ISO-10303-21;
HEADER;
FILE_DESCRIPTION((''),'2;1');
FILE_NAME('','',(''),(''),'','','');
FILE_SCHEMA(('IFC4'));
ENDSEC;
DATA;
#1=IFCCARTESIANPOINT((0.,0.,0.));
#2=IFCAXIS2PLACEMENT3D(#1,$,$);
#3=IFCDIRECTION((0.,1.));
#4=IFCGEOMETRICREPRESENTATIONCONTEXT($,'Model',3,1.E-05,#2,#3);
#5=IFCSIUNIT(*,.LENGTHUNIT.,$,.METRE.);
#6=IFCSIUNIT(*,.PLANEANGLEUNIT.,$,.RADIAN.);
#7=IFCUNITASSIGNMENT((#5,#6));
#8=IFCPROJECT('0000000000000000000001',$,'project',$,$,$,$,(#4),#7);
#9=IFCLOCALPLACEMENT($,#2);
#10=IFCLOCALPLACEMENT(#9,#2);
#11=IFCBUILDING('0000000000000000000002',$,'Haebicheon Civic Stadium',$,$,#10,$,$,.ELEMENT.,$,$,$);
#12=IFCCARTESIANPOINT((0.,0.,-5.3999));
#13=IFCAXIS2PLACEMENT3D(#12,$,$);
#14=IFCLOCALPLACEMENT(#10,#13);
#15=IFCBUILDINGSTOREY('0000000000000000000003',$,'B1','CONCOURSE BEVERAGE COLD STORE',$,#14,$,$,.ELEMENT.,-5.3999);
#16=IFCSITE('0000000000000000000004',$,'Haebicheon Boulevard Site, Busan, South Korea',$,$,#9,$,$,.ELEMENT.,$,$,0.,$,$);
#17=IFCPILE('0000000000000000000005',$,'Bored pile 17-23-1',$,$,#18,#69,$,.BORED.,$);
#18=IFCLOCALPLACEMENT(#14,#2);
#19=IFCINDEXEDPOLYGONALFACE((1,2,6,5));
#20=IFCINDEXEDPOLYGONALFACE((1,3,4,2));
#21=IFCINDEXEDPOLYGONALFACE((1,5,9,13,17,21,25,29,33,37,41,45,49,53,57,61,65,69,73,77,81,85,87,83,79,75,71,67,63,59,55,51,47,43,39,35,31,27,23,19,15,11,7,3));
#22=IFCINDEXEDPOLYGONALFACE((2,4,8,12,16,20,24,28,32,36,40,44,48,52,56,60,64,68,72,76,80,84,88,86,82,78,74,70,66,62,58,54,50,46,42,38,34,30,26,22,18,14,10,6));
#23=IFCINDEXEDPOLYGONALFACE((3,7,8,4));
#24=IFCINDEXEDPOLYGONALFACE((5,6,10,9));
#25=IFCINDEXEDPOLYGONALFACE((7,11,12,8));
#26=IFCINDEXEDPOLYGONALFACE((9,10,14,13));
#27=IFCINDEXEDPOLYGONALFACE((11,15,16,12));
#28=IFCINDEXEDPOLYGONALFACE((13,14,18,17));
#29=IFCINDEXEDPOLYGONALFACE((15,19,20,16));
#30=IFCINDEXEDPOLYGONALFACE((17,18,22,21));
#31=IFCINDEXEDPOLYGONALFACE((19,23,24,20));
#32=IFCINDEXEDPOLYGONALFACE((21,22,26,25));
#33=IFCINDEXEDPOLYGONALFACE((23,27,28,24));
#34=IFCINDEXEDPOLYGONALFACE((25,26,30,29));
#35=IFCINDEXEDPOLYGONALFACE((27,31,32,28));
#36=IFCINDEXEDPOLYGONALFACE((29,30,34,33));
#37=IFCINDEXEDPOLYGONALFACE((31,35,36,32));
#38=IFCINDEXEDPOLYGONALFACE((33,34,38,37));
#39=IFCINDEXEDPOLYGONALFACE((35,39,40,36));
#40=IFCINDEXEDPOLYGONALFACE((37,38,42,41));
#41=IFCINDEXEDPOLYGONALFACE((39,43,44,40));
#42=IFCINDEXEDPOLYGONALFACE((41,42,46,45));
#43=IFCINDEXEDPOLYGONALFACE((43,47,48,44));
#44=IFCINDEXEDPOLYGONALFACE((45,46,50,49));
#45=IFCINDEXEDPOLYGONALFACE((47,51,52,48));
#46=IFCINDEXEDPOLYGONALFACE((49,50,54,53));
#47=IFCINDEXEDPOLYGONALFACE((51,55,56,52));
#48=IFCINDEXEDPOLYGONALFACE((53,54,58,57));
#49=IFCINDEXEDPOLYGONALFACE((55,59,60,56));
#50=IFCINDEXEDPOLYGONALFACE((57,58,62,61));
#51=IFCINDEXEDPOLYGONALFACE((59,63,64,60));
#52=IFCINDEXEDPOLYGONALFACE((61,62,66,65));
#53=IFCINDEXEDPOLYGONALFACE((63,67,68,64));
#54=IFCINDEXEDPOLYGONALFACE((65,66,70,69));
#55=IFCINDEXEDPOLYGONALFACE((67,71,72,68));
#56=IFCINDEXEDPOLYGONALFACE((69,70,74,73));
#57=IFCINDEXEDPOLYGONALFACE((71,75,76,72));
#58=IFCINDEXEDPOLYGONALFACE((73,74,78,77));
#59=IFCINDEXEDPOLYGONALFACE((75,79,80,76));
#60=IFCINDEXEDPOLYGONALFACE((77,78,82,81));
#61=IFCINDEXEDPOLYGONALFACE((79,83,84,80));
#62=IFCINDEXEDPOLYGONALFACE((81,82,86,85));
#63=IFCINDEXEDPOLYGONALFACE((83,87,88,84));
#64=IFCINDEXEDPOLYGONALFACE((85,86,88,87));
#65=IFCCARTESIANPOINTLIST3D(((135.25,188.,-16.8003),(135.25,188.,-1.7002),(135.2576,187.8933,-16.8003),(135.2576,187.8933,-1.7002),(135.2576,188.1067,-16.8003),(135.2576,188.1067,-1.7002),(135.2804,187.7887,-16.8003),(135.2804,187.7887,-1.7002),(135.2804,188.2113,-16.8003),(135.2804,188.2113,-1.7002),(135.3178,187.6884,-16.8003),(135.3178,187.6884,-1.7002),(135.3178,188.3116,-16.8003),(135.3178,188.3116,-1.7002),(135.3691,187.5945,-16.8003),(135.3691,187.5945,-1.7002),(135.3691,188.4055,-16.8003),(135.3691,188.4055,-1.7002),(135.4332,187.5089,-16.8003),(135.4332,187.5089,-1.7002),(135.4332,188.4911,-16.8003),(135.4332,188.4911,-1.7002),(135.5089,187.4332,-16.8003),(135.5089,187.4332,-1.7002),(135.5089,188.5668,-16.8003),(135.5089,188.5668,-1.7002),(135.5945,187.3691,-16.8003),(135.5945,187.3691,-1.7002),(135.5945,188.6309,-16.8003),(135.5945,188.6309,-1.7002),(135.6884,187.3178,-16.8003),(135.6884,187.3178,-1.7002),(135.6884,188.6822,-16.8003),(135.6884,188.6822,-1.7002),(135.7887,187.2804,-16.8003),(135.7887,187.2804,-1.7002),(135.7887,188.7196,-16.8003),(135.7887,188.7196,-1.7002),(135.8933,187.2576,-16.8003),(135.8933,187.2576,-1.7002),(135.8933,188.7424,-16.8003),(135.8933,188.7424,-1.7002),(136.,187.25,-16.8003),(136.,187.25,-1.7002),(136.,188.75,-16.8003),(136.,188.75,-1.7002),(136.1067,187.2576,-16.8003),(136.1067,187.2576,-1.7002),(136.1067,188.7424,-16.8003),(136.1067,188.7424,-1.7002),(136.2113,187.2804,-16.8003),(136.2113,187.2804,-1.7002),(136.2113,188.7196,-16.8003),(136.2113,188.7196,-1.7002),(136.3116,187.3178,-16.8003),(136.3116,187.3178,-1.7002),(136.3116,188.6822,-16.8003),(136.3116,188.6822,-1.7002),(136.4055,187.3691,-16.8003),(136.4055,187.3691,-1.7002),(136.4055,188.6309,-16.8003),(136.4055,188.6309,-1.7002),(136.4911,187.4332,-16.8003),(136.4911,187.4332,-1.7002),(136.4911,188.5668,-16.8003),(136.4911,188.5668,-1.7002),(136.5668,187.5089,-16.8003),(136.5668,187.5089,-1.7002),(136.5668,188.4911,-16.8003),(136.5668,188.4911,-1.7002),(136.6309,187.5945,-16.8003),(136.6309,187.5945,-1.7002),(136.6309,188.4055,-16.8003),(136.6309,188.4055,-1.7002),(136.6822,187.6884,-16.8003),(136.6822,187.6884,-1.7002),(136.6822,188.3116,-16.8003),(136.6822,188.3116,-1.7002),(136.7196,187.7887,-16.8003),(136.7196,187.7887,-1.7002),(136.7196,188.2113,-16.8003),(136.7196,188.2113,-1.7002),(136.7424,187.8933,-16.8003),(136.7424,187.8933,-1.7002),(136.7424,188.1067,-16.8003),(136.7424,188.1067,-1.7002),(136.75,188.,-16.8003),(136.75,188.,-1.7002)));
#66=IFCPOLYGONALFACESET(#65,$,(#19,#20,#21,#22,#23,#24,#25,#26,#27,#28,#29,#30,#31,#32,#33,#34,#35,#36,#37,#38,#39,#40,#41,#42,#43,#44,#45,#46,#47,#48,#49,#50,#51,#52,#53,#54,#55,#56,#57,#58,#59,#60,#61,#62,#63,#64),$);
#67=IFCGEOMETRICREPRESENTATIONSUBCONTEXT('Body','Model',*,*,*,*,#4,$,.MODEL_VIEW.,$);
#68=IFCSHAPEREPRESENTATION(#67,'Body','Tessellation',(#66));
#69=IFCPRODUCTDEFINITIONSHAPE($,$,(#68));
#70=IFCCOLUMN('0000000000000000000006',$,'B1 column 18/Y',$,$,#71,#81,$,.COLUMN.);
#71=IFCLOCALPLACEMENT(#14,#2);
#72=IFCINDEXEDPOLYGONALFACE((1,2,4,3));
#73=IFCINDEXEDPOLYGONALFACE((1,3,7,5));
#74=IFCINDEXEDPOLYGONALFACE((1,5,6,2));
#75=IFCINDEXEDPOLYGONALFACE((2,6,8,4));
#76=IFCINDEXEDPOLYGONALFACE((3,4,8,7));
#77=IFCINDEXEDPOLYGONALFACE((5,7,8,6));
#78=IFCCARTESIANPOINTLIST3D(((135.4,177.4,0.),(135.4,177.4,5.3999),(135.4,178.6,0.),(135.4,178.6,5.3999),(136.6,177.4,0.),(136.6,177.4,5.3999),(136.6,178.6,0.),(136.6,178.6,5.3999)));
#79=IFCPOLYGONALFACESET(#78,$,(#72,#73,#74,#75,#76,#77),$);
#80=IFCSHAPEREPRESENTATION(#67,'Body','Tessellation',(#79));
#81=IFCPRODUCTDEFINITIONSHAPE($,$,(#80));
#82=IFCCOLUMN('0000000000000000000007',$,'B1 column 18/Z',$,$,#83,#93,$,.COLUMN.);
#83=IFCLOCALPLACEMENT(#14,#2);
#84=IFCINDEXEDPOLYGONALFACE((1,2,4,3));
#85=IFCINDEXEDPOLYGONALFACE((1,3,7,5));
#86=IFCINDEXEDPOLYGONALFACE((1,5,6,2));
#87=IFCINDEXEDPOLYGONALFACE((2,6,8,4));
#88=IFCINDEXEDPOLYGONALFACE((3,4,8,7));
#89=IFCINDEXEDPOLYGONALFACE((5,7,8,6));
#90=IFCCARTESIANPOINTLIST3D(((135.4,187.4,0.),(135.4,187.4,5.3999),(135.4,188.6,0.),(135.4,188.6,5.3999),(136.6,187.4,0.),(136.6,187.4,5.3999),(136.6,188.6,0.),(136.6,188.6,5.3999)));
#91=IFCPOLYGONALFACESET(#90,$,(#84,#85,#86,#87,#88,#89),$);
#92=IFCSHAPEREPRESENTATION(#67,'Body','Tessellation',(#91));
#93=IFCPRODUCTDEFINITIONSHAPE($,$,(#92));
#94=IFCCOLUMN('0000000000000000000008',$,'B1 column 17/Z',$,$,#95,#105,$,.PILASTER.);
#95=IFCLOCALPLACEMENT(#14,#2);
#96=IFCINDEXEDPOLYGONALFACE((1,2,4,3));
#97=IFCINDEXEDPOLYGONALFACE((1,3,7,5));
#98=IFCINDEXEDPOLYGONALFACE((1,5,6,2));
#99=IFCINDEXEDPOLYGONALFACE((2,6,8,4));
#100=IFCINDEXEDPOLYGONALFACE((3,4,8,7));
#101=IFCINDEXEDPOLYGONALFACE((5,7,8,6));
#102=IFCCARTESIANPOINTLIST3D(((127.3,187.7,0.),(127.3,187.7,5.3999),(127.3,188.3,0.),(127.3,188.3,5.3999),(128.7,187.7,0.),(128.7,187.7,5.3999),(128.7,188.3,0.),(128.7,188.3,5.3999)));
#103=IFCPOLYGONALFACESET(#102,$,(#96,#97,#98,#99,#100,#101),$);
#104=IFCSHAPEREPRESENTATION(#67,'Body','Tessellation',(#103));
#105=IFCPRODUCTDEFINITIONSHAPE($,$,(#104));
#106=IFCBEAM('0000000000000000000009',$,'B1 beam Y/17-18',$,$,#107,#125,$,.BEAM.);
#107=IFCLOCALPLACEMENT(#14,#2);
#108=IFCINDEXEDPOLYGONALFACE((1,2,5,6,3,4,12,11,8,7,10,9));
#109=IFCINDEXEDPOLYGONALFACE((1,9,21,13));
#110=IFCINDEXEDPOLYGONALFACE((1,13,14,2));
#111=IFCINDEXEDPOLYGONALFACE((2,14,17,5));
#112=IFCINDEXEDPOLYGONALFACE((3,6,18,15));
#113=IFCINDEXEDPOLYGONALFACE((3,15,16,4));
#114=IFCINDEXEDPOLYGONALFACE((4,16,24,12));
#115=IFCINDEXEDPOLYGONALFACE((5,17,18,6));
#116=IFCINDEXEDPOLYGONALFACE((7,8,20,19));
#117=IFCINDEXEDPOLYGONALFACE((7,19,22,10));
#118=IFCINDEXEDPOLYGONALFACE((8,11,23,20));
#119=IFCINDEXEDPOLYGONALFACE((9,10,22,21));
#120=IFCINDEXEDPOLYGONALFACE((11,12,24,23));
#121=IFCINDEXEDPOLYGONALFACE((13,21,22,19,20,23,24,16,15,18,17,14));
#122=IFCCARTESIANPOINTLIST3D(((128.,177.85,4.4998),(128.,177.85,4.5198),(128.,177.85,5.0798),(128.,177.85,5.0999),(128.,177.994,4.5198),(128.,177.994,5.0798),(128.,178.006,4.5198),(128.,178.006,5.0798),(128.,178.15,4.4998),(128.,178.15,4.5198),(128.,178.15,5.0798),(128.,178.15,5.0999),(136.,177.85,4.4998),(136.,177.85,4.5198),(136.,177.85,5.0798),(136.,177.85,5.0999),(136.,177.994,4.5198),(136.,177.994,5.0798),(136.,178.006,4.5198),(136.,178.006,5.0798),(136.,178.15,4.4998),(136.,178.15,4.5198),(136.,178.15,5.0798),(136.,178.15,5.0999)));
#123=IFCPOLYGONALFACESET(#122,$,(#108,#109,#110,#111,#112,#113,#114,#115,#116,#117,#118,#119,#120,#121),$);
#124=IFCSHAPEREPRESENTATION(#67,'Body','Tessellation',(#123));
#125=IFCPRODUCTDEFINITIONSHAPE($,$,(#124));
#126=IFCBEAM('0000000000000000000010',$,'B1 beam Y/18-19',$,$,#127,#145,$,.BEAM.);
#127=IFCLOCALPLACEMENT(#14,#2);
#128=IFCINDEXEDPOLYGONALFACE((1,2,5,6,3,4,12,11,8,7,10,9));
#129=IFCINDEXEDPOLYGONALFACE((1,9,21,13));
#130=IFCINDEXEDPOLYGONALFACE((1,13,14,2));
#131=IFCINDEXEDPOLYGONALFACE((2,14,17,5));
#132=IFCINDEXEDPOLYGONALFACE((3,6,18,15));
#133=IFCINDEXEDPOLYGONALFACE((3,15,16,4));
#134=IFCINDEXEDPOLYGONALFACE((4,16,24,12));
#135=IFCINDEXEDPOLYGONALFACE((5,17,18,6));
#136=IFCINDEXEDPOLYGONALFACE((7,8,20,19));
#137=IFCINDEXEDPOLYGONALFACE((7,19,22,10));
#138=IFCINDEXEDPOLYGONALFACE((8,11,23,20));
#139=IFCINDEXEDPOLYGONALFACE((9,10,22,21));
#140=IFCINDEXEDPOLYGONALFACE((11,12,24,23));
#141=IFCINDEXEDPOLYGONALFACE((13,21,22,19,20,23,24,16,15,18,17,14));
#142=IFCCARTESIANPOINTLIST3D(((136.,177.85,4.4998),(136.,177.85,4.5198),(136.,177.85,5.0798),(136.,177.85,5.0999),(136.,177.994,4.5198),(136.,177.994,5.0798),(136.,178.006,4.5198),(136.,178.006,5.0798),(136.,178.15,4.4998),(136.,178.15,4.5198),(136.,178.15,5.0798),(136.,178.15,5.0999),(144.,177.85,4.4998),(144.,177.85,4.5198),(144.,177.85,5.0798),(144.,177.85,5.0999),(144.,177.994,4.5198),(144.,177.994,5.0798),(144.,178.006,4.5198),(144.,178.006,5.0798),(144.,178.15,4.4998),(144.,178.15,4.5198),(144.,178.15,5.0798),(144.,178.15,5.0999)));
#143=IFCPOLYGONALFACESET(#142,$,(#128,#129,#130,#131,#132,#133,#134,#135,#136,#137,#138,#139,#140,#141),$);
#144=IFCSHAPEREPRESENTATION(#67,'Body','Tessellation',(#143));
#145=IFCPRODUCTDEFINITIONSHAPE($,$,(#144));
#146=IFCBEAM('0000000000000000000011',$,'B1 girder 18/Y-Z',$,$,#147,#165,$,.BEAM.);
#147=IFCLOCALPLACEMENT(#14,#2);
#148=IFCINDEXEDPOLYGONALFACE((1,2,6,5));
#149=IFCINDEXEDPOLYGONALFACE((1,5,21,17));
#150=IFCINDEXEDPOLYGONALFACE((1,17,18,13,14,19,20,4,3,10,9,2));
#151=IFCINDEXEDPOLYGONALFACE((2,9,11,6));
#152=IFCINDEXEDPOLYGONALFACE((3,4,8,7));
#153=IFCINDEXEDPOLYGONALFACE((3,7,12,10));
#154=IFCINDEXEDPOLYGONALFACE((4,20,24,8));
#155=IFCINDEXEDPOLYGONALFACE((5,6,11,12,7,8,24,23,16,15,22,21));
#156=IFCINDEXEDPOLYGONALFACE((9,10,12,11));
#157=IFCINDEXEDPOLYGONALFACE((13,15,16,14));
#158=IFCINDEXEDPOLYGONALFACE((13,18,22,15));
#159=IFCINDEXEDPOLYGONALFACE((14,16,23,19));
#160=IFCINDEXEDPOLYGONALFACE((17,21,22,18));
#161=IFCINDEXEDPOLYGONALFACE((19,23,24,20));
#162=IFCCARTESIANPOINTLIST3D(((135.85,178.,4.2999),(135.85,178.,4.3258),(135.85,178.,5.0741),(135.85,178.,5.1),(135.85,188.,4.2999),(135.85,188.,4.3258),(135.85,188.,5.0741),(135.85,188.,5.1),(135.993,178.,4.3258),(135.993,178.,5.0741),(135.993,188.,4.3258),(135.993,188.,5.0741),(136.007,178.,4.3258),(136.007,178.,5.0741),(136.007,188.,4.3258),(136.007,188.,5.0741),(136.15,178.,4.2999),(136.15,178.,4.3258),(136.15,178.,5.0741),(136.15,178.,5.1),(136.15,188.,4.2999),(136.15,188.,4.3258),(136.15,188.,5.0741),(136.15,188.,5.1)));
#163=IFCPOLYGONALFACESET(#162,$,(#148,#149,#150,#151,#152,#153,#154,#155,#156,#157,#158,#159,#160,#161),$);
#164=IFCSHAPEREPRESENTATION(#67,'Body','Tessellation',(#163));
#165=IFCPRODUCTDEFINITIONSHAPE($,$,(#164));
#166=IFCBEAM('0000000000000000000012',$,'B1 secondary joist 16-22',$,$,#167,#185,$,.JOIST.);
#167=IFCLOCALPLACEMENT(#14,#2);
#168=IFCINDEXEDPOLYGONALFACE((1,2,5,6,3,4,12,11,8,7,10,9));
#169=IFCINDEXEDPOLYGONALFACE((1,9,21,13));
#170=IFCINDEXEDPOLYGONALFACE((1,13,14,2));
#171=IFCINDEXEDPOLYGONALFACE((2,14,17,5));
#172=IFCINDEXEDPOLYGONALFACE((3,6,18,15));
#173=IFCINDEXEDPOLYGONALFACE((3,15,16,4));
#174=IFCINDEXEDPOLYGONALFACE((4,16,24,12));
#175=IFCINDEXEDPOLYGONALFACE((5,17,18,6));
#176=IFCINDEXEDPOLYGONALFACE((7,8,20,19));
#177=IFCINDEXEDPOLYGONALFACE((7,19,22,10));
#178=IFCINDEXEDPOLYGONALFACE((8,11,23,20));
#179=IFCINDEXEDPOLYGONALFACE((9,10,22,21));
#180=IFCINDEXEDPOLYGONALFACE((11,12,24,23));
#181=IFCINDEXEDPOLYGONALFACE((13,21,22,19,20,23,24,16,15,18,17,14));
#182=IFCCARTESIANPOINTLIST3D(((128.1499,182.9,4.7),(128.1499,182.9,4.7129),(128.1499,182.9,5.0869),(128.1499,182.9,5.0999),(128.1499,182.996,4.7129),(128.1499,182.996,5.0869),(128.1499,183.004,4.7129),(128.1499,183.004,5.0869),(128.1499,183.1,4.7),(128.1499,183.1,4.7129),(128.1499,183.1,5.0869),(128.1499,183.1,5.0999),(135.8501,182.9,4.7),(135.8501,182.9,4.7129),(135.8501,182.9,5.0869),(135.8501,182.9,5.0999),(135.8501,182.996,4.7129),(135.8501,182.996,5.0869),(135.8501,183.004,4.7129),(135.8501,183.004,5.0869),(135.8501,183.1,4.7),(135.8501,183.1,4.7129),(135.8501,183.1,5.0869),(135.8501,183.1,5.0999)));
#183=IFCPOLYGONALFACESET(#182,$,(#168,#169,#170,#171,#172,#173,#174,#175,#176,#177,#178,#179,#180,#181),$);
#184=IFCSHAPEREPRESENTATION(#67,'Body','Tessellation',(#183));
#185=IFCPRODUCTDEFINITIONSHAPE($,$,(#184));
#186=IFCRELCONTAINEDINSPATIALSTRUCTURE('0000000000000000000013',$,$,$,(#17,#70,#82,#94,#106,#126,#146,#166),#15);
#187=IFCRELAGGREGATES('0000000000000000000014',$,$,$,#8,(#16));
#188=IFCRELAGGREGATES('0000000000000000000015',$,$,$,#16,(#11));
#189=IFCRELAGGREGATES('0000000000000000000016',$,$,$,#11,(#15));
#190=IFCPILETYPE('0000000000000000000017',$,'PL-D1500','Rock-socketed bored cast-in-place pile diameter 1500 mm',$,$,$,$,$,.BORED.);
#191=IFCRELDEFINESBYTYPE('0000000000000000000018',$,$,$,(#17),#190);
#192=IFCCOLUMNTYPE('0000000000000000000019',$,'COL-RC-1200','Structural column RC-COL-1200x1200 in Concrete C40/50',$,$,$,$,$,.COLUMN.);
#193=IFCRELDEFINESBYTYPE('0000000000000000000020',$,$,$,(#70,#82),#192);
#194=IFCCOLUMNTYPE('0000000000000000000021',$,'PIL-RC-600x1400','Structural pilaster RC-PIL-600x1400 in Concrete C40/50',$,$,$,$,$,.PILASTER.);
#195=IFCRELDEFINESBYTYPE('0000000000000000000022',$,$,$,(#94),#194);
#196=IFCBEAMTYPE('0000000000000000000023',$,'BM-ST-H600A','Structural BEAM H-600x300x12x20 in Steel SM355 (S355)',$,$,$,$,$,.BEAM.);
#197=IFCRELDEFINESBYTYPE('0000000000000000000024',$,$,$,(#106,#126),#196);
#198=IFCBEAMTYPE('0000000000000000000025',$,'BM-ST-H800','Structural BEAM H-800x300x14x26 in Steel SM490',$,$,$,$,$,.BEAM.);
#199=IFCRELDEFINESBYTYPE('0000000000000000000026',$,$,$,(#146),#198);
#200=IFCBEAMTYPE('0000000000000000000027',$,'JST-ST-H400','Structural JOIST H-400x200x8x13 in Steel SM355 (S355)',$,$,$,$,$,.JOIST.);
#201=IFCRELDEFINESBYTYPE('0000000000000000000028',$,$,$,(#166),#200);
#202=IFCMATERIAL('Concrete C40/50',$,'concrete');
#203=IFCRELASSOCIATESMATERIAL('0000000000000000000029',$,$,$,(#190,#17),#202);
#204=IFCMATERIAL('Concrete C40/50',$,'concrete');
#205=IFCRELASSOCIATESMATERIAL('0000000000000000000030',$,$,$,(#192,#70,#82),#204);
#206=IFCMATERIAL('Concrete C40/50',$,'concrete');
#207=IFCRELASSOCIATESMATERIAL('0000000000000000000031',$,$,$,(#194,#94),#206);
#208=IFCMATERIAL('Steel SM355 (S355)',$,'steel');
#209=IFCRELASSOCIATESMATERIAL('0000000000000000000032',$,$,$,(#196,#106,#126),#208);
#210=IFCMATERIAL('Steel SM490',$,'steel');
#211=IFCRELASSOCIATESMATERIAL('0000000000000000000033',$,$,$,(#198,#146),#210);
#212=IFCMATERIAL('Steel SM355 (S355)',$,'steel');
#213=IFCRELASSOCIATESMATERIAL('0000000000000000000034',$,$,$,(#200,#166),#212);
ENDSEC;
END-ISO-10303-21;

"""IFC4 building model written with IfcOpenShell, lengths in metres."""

from ifc_helpers import new_model, si_unit, direction, frame, origin, origin_2d, place, context, subcontext, project, spatial, rectangle, circle, i_section, extrude, material, material_profile, profile_set, type_object, element, save


model = new_model("IFC4")

# Units and contexts
model_context = context("Model", 3, precision=1e-05, world=origin(), true_north=direction((0.0, 1.0)))
body_context = subcontext(model_context, "Body", "Model", "MODEL_VIEW")
ifc_project = project(units=[si_unit("LENGTHUNIT", "METRE"), si_unit("PLANEANGLEUNIT", "RADIAN")], contexts=[model_context])

# Site, building, storey
site_placement = place(None, origin())
site = spatial("IfcSite", under=ifc_project, at=site_placement, Name="Haebicheon Boulevard Site, Busan, South Korea", CompositionType="ELEMENT", RefElevation=0.0)
building_placement = place(site_placement, origin())
building = spatial("IfcBuilding", under=site, at=building_placement, Name="Haebicheon Civic Stadium", CompositionType="ELEMENT")
storey_placement = place(building_placement, frame((0.0, 0.0, -5.3999)))
storey = spatial("IfcBuildingStorey", under=building, at=storey_placement, Name="B1", Description="CONCOURSE BEVERAGE COLD STORE", CompositionType="ELEMENT", Elevation=-5.3999)

# Pile
ifc_material_1 = material(Name="Concrete C40/50", Category="concrete")
ifc_material_profile_1 = material_profile(ifc_material_1, circle(Radius=0.75, at=origin_2d()), Name="PILE-D1500")
ifc_profile_set_1 = profile_set([ifc_material_profile_1], Name="Concrete C40/50")
pile_type_1 = type_object("IfcPileType", Name="PL-D1500", Description="Rock-socketed bored cast-in-place pile diameter 1500 mm", PredefinedType="BORED", material=ifc_profile_set_1)
pile_placement = place(storey_placement, frame((136.0, 188.0, -1.7002), z_axis=(0.0, 0.0, -1.0), x_axis=(1.0, 0.0, 0.0)))
element("IfcPile", 1, at=pile_placement, inside=storey, type_object=pile_type_1, material=ifc_profile_set_1, Name="Bored pile 17-23-1", PredefinedType="BORED", context=body_context, shape_type="SweptSolid", body=[
    extrude(circle(Radius=0.75, at=origin_2d()), origin(), (0.0, 0.0, 1.0), 15.1001),
])

# Columns
ifc_material_2 = material(Name="Concrete C40/50", Category="concrete")
ifc_material_profile_2 = material_profile(ifc_material_2, rectangle(XDim=1.2, YDim=1.2, at=origin_2d()), Name="RC-COL-1200x1200")
ifc_profile_set_2 = profile_set([ifc_material_profile_2], Name="Concrete C40/50")
column_type_1 = type_object("IfcColumnType", Name="COL-RC-1200", Description="Structural column RC-COL-1200x1200 in Concrete C40/50", PredefinedType="COLUMN", material=ifc_profile_set_2)
for number, where, z_axis, x_axis, name in (
    (2, (136.0, 178.0, 0.0), (0.0, 0.0, 1.0), (1.0, 0.0, 0.0), "B1 column 18/Y"),
    (3, (136.0, 188.0, 0.0), (0.0, 0.0, 1.0), (1.0, 0.0, 0.0), "B1 column 18/Z"),
):
    element("IfcColumn", number, at=place(storey_placement, frame(where, z_axis=z_axis, x_axis=x_axis)), inside=storey, type_object=column_type_1, material=ifc_profile_set_2, Name=name, PredefinedType="COLUMN", context=body_context, shape_type="SweptSolid", body=[
        extrude(rectangle(XDim=1.2, YDim=1.2, at=origin_2d()), origin(), (0.0, 0.0, 1.0), 5.3999),
    ])
ifc_material_3 = material(Name="Concrete C40/50", Category="concrete")
ifc_material_profile_3 = material_profile(ifc_material_3, rectangle(XDim=0.6001, YDim=1.3999, at=origin_2d()), Name="RC-PIL-600x1400")
ifc_profile_set_3 = profile_set([ifc_material_profile_3], Name="Concrete C40/50")
column_type_2 = type_object("IfcColumnType", Name="PIL-RC-600x1400", Description="Structural pilaster RC-PIL-600x1400 in Concrete C40/50", PredefinedType="PILASTER", material=ifc_profile_set_3)
column_placement = place(storey_placement, frame((128.0, 188.0, 0.0), z_axis=(0.0, 0.0, 1.0), x_axis=(0.0, 1.0, 0.0)))
element("IfcColumn", 4, at=column_placement, inside=storey, type_object=column_type_2, material=ifc_profile_set_3, Name="B1 column 17/Z", PredefinedType="PILASTER", context=body_context, shape_type="SweptSolid", body=[
    extrude(rectangle(XDim=0.6001, YDim=1.3999, at=origin_2d()), origin(), (0.0, 0.0, 1.0), 5.3999),
])

# Beams
ifc_material_4 = material(Name="Steel SM355 (S355)", Category="steel")
ifc_material_profile_4 = material_profile(ifc_material_4, i_section(OverallWidth=0.3, OverallDepth=0.6001, WebThickness=0.012, FlangeThickness=0.02, at=origin_2d()), Name="H-600x300x12x20")
ifc_profile_set_4 = profile_set([ifc_material_profile_4], Name="Steel SM355 (S355)")
beam_type_1 = type_object("IfcBeamType", Name="BM-ST-H600A", Description="Structural BEAM H-600x300x12x20 in Steel SM355 (S355)", PredefinedType="BEAM", material=ifc_profile_set_4)
for number, where, z_axis, x_axis, name in (
    (5, (128.0, 178.0, 4.7998), (1.0, 0.0, 0.0), (0.0, 1.0, 0.0), "B1 beam Y/17-18"),
    (6, (136.0, 178.0, 4.7998), (1.0, 0.0, 0.0), (0.0, 1.0, 0.0), "B1 beam Y/18-19"),
):
    element("IfcBeam", number, at=place(storey_placement, frame(where, z_axis=z_axis, x_axis=x_axis)), inside=storey, type_object=beam_type_1, material=ifc_profile_set_4, Name=name, PredefinedType="BEAM", context=body_context, shape_type="SweptSolid", body=[
        extrude(i_section(OverallWidth=0.3, OverallDepth=0.6001, WebThickness=0.012, FlangeThickness=0.02, at=origin_2d()), origin(), (0.0, 0.0, 1.0), 8.0),
    ])
ifc_material_5 = material(Name="Steel SM490", Category="steel")
ifc_material_profile_5 = material_profile(ifc_material_5, i_section(OverallWidth=0.3, OverallDepth=0.8, WebThickness=0.0139, FlangeThickness=0.0259, at=origin_2d()), Name="H-800x300x14x26")
ifc_profile_set_5 = profile_set([ifc_material_profile_5], Name="Steel SM490")
beam_type_2 = type_object("IfcBeamType", Name="BM-ST-H800", Description="Structural BEAM H-800x300x14x26 in Steel SM490", PredefinedType="BEAM", material=ifc_profile_set_5)
beam_1_placement = place(storey_placement, frame((136.0, 178.0, 4.7), z_axis=(0.0, 1.0, 0.0), x_axis=(-1.0, 0.0, 0.0)))
element("IfcBeam", 7, at=beam_1_placement, inside=storey, type_object=beam_type_2, material=ifc_profile_set_5, Name="B1 girder 18/Y-Z", PredefinedType="BEAM", context=body_context, shape_type="SweptSolid", body=[
    extrude(i_section(OverallWidth=0.3, OverallDepth=0.8, WebThickness=0.0139, FlangeThickness=0.0259, at=origin_2d()), origin(), (0.0, 0.0, 1.0), 10.0),
])
ifc_material_6 = material(Name="Steel SM355 (S355)", Category="steel")
ifc_material_profile_6 = material_profile(ifc_material_6, i_section(OverallWidth=0.2, OverallDepth=0.3999, WebThickness=0.0081, FlangeThickness=0.0129, at=origin_2d()), Name="H-400x200x8x13")
ifc_profile_set_6 = profile_set([ifc_material_profile_6], Name="Steel SM355 (S355)")
beam_type_3 = type_object("IfcBeamType", Name="JST-ST-H400", Description="Structural JOIST H-400x200x8x13 in Steel SM355 (S355)", PredefinedType="JOIST", material=ifc_profile_set_6)
beam_2_placement = place(storey_placement, frame((128.1499, 183.0, 4.8999), z_axis=(1.0, 0.0, 0.0), x_axis=(0.0, 1.0, 0.0)))
element("IfcBeam", 8, at=beam_2_placement, inside=storey, type_object=beam_type_3, material=ifc_profile_set_6, Name="B1 secondary joist 16-22", PredefinedType="JOIST", context=body_context, shape_type="SweptSolid", body=[
    extrude(i_section(OverallWidth=0.2, OverallDepth=0.3999, WebThickness=0.0081, FlangeThickness=0.0129, at=origin_2d()), origin(), (0.0, 0.0, 1.0), 7.7002),
])

save(model, "model.ifc")
